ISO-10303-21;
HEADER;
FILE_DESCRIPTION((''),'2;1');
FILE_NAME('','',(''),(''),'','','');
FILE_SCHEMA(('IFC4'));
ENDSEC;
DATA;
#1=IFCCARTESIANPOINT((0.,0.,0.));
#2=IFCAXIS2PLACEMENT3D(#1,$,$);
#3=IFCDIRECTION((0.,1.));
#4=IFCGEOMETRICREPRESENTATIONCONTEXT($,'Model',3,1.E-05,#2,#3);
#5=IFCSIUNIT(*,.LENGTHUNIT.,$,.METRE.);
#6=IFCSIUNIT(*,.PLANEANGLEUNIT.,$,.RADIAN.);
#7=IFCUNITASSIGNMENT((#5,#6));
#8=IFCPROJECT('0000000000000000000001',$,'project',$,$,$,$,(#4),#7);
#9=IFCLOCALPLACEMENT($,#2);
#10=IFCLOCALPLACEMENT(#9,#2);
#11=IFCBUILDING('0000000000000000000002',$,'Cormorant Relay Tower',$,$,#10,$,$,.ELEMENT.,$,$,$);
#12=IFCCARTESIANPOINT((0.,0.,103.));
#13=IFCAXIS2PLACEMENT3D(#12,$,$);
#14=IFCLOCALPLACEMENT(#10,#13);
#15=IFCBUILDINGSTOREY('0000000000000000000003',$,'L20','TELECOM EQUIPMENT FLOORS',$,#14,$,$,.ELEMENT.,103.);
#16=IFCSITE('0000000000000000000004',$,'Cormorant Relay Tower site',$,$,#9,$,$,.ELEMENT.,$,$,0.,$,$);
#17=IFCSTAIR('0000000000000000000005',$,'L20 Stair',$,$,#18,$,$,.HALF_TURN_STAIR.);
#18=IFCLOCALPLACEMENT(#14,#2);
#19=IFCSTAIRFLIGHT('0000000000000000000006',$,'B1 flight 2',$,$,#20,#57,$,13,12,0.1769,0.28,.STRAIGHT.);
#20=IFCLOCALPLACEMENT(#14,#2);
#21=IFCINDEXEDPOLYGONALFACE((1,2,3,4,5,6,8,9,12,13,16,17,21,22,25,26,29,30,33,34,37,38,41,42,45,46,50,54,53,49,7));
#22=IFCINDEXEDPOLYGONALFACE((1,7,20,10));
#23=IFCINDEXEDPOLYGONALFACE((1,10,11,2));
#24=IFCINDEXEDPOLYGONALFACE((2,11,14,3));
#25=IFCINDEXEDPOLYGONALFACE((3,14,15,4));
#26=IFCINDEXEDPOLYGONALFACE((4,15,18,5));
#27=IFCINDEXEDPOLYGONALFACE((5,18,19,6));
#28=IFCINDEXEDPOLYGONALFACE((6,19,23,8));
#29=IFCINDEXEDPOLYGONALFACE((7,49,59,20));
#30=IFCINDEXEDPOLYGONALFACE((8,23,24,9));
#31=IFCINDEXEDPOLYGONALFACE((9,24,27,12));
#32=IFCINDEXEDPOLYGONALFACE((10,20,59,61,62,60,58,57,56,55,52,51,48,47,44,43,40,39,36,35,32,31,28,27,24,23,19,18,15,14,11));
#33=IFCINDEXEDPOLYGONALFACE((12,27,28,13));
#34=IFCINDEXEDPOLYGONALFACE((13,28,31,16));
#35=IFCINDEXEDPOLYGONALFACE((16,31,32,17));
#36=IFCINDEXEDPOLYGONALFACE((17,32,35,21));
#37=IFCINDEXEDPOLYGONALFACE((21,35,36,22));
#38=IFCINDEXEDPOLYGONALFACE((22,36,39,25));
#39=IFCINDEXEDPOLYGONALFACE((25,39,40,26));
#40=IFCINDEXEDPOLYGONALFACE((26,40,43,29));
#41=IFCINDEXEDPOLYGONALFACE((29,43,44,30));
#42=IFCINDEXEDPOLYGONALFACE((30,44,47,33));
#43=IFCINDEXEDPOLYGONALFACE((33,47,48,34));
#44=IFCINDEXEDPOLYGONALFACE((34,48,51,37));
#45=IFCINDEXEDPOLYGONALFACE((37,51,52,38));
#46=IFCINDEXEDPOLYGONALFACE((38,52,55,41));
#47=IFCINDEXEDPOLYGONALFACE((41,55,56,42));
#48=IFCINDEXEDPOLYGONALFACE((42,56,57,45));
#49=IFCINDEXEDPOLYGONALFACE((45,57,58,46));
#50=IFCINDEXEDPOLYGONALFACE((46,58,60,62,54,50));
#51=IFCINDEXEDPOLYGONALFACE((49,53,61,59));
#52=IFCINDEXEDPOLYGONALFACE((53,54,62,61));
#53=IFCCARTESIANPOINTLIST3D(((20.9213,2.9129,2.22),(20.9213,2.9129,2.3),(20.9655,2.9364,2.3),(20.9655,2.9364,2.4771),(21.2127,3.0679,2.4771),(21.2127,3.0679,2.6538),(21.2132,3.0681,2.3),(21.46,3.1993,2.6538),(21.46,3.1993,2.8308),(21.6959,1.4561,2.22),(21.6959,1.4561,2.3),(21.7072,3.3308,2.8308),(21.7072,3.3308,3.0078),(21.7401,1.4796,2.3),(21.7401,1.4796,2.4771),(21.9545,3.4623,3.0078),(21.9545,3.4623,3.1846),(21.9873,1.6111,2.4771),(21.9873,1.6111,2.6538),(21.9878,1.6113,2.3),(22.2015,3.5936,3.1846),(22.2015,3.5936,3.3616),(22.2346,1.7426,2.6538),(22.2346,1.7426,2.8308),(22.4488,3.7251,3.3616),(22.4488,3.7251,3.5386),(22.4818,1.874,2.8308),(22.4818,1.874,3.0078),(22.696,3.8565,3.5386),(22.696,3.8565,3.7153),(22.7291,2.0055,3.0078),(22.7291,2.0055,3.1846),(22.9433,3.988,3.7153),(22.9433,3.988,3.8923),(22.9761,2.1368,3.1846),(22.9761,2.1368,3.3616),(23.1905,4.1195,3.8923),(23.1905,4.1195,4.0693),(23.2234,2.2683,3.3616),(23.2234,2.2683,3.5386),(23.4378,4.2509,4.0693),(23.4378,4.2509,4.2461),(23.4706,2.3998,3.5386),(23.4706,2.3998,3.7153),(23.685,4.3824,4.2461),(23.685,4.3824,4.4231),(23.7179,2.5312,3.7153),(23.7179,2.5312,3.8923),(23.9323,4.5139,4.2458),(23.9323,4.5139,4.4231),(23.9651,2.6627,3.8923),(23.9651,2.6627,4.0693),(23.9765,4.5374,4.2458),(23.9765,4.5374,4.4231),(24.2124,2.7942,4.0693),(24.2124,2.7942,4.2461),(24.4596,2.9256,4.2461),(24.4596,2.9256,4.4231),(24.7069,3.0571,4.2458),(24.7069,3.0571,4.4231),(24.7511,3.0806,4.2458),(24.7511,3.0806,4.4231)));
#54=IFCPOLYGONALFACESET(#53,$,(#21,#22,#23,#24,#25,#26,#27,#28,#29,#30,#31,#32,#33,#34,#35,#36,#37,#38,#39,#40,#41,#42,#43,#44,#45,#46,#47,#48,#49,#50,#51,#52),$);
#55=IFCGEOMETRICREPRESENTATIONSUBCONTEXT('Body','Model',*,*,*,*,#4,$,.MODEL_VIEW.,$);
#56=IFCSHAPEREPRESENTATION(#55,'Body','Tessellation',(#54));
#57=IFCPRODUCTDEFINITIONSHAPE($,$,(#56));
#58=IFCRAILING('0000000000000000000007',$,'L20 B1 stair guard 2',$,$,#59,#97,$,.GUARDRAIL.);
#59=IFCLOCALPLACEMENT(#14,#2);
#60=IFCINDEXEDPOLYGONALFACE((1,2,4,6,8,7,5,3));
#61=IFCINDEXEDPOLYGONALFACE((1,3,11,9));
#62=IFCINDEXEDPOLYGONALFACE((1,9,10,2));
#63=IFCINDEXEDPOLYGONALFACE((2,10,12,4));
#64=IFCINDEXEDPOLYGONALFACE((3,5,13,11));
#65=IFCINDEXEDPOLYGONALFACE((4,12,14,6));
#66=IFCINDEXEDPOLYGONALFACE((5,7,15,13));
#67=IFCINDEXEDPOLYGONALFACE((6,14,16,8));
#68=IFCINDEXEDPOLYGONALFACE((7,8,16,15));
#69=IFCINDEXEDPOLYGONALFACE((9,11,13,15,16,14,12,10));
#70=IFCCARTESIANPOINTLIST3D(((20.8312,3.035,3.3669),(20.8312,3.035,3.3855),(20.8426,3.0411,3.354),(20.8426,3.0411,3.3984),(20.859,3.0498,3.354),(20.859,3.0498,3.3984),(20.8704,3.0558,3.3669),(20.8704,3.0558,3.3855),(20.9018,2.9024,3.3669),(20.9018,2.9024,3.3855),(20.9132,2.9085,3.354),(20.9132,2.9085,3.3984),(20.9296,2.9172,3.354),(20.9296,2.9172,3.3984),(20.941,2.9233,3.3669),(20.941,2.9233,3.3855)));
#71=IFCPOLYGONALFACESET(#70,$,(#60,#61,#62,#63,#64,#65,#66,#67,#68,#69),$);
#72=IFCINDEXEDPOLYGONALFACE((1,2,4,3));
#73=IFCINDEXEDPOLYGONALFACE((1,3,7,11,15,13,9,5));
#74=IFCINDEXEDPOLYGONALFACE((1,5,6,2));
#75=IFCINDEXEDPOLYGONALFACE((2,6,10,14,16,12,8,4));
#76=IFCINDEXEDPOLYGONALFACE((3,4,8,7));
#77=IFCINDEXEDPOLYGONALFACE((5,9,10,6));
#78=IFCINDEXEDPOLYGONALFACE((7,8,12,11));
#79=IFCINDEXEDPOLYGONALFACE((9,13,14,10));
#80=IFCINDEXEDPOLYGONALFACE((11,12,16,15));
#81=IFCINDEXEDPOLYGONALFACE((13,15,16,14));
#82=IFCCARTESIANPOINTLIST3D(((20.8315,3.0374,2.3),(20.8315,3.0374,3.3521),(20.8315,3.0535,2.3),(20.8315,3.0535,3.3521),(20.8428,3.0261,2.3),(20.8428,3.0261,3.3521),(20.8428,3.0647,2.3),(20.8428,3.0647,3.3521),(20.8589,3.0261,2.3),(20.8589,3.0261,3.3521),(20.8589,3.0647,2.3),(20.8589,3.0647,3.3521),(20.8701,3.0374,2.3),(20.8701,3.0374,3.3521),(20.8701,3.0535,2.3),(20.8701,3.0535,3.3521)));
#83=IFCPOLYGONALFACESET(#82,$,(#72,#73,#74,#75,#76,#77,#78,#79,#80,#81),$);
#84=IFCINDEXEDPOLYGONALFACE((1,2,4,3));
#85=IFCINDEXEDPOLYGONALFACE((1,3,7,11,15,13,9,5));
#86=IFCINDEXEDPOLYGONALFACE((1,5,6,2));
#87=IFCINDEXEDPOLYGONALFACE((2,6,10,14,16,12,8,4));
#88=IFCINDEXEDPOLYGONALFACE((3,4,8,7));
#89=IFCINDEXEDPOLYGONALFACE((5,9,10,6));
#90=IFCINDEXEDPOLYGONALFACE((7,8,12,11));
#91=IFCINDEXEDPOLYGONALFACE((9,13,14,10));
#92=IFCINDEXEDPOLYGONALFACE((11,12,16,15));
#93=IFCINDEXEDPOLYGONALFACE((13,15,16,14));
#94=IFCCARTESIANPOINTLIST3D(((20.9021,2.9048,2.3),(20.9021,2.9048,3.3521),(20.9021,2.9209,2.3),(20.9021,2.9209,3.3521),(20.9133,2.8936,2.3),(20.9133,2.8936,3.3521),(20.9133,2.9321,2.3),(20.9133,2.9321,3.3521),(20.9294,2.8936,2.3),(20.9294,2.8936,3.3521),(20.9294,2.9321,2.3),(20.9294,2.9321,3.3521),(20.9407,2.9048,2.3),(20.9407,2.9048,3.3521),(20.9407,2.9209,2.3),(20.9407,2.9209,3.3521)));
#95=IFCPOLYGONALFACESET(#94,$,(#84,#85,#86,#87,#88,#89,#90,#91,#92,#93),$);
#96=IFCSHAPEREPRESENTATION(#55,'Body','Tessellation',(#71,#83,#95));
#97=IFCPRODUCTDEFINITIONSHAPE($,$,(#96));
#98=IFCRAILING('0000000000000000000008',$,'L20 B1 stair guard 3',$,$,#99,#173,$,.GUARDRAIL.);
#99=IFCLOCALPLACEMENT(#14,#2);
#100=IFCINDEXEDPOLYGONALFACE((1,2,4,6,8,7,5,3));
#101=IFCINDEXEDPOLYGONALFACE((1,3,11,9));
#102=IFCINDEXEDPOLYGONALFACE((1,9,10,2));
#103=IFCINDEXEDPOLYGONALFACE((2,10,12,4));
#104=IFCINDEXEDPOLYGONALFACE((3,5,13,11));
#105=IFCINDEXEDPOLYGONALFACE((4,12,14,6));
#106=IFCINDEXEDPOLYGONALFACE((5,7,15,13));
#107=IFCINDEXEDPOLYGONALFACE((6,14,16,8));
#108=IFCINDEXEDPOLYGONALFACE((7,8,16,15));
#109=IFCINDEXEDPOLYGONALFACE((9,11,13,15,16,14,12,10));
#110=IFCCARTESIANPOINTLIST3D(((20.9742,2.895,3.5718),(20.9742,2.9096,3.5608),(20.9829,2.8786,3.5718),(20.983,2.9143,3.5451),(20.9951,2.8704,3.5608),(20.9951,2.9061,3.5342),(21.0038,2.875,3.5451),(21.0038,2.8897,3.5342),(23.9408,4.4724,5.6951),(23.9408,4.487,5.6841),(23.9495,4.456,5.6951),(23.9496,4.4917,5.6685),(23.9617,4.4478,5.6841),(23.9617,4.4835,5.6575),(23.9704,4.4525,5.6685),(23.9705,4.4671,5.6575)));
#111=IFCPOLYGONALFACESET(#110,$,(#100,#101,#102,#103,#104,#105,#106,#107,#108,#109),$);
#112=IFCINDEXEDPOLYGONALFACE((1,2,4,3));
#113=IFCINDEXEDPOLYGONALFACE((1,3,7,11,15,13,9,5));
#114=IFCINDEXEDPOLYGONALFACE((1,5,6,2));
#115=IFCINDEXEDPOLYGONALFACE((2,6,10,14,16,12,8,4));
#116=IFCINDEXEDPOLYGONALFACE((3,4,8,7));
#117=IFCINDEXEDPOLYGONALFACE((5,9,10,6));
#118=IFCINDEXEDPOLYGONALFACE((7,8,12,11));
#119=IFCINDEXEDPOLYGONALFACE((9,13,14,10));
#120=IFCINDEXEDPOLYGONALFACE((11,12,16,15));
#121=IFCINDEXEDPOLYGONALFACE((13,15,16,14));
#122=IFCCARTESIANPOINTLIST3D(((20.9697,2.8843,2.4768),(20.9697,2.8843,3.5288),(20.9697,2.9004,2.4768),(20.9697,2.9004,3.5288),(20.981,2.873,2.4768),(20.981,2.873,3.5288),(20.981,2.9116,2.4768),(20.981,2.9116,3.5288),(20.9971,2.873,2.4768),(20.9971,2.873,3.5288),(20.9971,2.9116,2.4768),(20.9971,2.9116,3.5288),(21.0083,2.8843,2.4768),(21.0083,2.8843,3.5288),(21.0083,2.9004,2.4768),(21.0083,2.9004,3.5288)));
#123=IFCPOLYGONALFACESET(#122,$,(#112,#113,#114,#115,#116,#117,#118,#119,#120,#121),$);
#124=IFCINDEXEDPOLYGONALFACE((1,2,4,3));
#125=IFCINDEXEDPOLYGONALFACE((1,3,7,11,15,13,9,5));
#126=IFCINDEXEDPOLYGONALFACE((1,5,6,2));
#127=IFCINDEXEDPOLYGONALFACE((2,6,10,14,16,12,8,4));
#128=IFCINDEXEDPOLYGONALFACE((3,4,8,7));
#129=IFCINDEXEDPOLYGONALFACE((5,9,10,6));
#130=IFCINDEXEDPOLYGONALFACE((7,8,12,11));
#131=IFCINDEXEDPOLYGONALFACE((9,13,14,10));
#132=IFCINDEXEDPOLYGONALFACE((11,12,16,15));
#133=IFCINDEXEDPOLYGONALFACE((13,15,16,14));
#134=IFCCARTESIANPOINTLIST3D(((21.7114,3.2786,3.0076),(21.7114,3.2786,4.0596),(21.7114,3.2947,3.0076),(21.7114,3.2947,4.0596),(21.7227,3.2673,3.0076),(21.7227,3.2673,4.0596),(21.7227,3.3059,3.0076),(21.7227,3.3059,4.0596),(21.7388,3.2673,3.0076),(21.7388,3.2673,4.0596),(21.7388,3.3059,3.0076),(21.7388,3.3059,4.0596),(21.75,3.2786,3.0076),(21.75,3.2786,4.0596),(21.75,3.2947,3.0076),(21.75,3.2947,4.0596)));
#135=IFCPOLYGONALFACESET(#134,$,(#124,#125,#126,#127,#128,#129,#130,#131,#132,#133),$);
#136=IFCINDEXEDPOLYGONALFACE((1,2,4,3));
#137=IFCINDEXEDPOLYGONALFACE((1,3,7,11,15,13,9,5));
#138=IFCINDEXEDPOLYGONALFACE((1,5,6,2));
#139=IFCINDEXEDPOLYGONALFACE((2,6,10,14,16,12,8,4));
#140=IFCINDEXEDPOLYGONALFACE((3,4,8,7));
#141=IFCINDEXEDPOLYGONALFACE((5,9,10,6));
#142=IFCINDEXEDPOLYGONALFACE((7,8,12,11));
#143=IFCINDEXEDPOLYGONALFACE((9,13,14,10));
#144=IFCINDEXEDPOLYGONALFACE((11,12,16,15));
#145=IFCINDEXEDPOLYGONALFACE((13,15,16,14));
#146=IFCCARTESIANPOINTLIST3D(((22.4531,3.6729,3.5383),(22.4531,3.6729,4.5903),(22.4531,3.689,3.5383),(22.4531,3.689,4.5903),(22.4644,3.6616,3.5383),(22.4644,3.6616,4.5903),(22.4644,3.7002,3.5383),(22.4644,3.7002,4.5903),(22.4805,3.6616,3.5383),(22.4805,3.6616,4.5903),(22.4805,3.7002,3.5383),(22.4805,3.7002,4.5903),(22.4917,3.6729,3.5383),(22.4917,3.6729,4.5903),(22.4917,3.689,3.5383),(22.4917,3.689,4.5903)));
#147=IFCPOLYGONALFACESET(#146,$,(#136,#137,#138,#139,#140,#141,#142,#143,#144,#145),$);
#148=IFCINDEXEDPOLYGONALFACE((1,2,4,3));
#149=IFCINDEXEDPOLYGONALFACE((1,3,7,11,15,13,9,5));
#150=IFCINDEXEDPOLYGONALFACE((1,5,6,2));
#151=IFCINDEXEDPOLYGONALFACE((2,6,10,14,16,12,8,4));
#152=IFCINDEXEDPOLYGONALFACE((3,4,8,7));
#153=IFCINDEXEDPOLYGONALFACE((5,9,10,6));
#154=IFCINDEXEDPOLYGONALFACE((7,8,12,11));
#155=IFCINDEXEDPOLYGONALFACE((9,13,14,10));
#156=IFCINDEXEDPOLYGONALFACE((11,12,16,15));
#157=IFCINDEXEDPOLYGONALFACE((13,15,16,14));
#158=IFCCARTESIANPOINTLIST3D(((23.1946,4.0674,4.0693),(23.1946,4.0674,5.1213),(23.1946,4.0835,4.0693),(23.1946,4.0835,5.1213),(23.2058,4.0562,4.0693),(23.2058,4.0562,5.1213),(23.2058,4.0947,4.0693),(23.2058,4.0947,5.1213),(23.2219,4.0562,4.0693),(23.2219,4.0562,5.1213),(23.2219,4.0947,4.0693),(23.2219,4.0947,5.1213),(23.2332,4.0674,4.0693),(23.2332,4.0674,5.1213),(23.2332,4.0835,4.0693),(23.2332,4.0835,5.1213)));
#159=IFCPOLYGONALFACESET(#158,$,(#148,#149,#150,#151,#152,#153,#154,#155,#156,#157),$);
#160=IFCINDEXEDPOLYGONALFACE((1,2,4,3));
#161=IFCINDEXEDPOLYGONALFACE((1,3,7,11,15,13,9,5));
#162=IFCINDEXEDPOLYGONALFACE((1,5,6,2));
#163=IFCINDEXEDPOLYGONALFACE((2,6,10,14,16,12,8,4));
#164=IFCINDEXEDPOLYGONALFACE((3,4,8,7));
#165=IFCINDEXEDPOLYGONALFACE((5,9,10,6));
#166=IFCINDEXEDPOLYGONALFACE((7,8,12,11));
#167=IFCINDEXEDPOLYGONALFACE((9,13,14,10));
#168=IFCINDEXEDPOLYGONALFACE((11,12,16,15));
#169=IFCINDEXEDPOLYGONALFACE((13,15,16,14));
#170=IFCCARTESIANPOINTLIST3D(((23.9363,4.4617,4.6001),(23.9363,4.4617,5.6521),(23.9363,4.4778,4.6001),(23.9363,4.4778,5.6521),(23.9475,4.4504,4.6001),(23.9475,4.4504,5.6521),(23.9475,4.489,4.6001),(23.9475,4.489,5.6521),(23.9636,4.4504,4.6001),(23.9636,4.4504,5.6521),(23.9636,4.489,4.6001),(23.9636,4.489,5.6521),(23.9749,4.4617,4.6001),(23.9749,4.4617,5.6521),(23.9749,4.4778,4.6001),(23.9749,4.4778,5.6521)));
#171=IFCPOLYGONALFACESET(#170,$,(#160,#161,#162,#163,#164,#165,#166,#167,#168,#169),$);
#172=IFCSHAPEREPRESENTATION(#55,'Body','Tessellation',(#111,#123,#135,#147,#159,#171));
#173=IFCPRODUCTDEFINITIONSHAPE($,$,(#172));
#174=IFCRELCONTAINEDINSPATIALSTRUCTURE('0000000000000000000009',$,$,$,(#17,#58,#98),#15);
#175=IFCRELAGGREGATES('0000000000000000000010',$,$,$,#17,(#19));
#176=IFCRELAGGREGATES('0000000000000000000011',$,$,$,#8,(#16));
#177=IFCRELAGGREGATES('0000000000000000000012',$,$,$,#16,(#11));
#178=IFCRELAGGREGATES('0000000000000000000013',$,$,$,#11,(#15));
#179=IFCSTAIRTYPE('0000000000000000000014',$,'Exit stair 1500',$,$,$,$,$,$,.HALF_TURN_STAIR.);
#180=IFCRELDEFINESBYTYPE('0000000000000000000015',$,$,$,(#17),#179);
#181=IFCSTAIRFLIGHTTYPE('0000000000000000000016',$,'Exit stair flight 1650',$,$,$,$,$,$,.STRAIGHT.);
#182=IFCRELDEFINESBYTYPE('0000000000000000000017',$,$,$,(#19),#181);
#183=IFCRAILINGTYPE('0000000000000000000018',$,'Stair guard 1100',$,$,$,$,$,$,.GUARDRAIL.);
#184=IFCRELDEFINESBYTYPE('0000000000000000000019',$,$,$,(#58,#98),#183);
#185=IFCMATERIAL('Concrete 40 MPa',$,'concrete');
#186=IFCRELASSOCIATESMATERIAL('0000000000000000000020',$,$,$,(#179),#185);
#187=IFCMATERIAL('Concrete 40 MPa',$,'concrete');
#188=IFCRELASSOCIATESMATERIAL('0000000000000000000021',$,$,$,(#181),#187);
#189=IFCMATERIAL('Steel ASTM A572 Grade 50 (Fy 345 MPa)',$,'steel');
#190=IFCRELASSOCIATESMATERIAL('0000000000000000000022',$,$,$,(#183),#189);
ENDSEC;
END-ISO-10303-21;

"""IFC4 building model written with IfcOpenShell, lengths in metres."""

from ifc_helpers import new_model, si_unit, direction, frame, origin, place, context, subcontext, project, spatial, polyline, outline, extrude, material, type_object, element, aggregate, save


model = new_model("IFC4")

# Units and contexts
model_context = context("Model", 3, precision=1e-05, world=origin(), true_north=direction((0.0, 1.0)))
body_context = subcontext(model_context, "Body", "Model", "MODEL_VIEW")
ifc_project = project(units=[si_unit("LENGTHUNIT", "METRE"), si_unit("PLANEANGLEUNIT", "RADIAN")], contexts=[model_context])

# Site, building, storey
site_placement = place(None, origin())
site = spatial("IfcSite", under=ifc_project, at=site_placement, Name="Cormorant Relay Tower site", CompositionType="ELEMENT", RefElevation=0.0)
building_placement = place(site_placement, origin())
building = spatial("IfcBuilding", under=site, at=building_placement, Name="Cormorant Relay Tower", CompositionType="ELEMENT")
storey_placement = place(building_placement, frame((0.0, 0.0, 103.0)))
storey = spatial("IfcBuildingStorey", under=building, at=storey_placement, Name="L20", Description="TELECOM EQUIPMENT FLOORS", CompositionType="ELEMENT", Elevation=103.0)

# Stair, stair flight
ifc_material_1 = material(Name="Concrete 40 MPa", Category="concrete")
stair_type = type_object("IfcStairType", Name="Exit stair 1500", PredefinedType="HALF_TURN_STAIR", material=ifc_material_1)
stair_placement = place(storey_placement, origin())
stair = element("IfcStair", 1, at=stair_placement, inside=storey, type_object=stair_type, Name="L20 Stair", PredefinedType="HALF_TURN_STAIR")
ifc_material_2 = material(Name="Concrete 40 MPa", Category="concrete")
stair_flight_type = type_object("IfcStairFlightType", Name="Exit stair flight 1650", PredefinedType="STRAIGHT", material=ifc_material_2)
stair_flight_placement = place(storey_placement, frame((21.3528, 2.208, 2.3), z_axis=(0.0, 0.0, 1.0), x_axis=(0.882948, 0.469472, 0.0)))
stair_flight = element("IfcStairFlight", 2, at=stair_flight_placement, type_object=stair_flight_type, Name="B1 flight 2", NumberOfRisers=13, NumberOfTreads=12, PredefinedType="STRAIGHT", RiserHeight=0.1769, TreadLength=0.28, context=body_context, shape_type="SweptSolid", body=[
    extrude(outline(polyline([(-0.05, -0.0801), (-0.05, 0.0), (0.0, 0.0), (0.0, 0.177), (0.28, 0.177), (0.28, 0.3538), (0.5601, 0.3538), (0.5601, 0.5308), (0.8401, 0.5308), (0.8401, 0.7078), (1.1201, 0.7078), (1.1201, 0.8845), (1.3999, 0.8845), (1.3999, 1.0615), (1.6799, 1.0615), (1.6799, 1.2385), (1.96, 1.2385), (1.96, 1.4153), (2.24, 1.4153), (2.24, 1.5923), (2.52, 1.5923), (2.52, 1.7693), (2.8, 1.7693), (2.8, 1.946), (3.0801, 1.946), (3.0801, 2.123), (3.3601, 2.123), (3.4102, 2.123), (3.4102, 1.9458), (3.3601, 1.9458), (0.2805, 0.0), (-0.05, -0.0801)])), frame((0.0, 0.825, 0.0), z_axis=(0.0, -1.0, 0.0), x_axis=(1.0, 0.0, 0.0)), (0.0, 0.0, 1.0), 1.6499),
])
aggregate(stair, [stair_flight])

# Railings
ifc_material_3 = material(Name="Steel ASTM A572 Grade 50 (Fy 345 MPa)", Category="steel")
railing_type_1 = type_object("IfcRailingType", Name="Stair guard 1100", PredefinedType="GUARDRAIL", material=ifc_material_3)
railing_1_placement = place(storey_placement, frame((20.8508, 3.0454, 2.3)))
element("IfcRailing", 3, at=railing_1_placement, inside=storey, type_object=railing_type_1, Name="L20 B1 stair guard 2", PredefinedType="GUARDRAIL", context=body_context, shape_type="SweptSolid", body=[
    extrude(outline(polyline([(0.0222, 0.0093), (0.0093, 0.0222), (-0.0093, 0.0222), (-0.0222, 0.0093), (-0.0222, -0.0093), (-0.0093, -0.0222), (0.0093, -0.0222), (0.0222, -0.0093), (0.0222, 0.0093)])), frame((0.0, 0.0, 1.0762), z_axis=(0.469829, -0.882758, 0.0), x_axis=(0.882758, 0.469829, 0.0)), (0.0, 0.0, 1.0), 0.1501),
    extrude(outline(polyline([(0.0193, 0.0081), (0.0081, 0.0193), (-0.0081, 0.0193), (-0.0193, 0.0081), (-0.0193, -0.0081), (-0.0081, -0.0193), (0.0081, -0.0193), (0.0193, -0.0081), (0.0193, 0.0081)])), origin(), (0.0, 0.0, 1.0), 1.052),
    extrude(outline(polyline([(0.0193, 0.0081), (0.0081, 0.0193), (-0.0081, 0.0193), (-0.0193, 0.0081), (-0.0193, -0.0081), (-0.0081, -0.0193), (0.0081, -0.0193), (0.0193, -0.0081), (0.0193, 0.0081)])), frame((0.0706, -0.1326, 0.0)), (0.0, 0.0, 1.0), 1.052),
])
railing_2_placement = place(storey_placement, frame((20.989, 2.8923, 2.4768)))
element("IfcRailing", 4, at=railing_2_placement, inside=storey, type_object=railing_type_1, Name="L20 B1 stair guard 3", PredefinedType="GUARDRAIL", context=body_context, shape_type="SweptSolid", body=[
    extrude(outline(polyline([(0.0222, 0.0093), (0.0093, 0.0222), (-0.0093, 0.0222), (-0.0222, 0.0093), (-0.0222, -0.0093), (-0.0093, -0.0222), (0.0093, -0.0222), (0.0222, -0.0093), (0.0222, 0.0093)])), frame((0.0, 0.0, 1.0762), z_axis=(0.746389, 0.396874, 0.534223), x_axis=(-0.469483, 0.882942, 0.0)), (0.0, 0.0, 1.0), 3.9746),
    extrude(outline(polyline([(0.0193, 0.0081), (0.0081, 0.0193), (-0.0081, 0.0193), (-0.0193, 0.0081), (-0.0193, -0.0081), (-0.0081, -0.0193), (0.0081, -0.0193), (0.0193, -0.0081), (0.0193, 0.0081)])), origin(), (0.0, 0.0, 1.0), 1.052),
    extrude(outline(polyline([(0.0193, 0.0081), (0.0081, 0.0193), (-0.0081, 0.0193), (-0.0193, 0.0081), (-0.0193, -0.0081), (-0.0081, -0.0193), (0.0081, -0.0193), (0.0193, -0.0081), (0.0193, 0.0081)])), frame((0.7417, 0.3943, 0.5308)), (0.0, 0.0, 1.0), 1.052),
    extrude(outline(polyline([(0.0193, 0.0081), (0.0081, 0.0193), (-0.0081, 0.0193), (-0.0193, 0.0081), (-0.0193, -0.0081), (-0.0081, -0.0193), (0.0081, -0.0193), (0.0193, -0.0081), (0.0193, 0.0081)])), frame((1.4834, 0.7886, 1.0615)), (0.0, 0.0, 1.0), 1.052),
    extrude(outline(polyline([(0.0193, 0.0081), (0.0081, 0.0193), (-0.0081, 0.0193), (-0.0193, 0.0081), (-0.0193, -0.0081), (-0.0081, -0.0193), (0.0081, -0.0193), (0.0193, -0.0081), (0.0193, 0.0081)])), frame((2.2249, 1.1831, 1.5925)), (0.0, 0.0, 1.0), 1.052),
    extrude(outline(polyline([(0.0193, 0.0081), (0.0081, 0.0193), (-0.0081, 0.0193), (-0.0193, 0.0081), (-0.0193, -0.0081), (-0.0081, -0.0193), (0.0081, -0.0193), (0.0193, -0.0081), (0.0193, 0.0081)])), frame((2.9666, 1.5774, 2.1233)), (0.0, 0.0, 1.0), 1.052),
])

save(model, "model.ifc")
